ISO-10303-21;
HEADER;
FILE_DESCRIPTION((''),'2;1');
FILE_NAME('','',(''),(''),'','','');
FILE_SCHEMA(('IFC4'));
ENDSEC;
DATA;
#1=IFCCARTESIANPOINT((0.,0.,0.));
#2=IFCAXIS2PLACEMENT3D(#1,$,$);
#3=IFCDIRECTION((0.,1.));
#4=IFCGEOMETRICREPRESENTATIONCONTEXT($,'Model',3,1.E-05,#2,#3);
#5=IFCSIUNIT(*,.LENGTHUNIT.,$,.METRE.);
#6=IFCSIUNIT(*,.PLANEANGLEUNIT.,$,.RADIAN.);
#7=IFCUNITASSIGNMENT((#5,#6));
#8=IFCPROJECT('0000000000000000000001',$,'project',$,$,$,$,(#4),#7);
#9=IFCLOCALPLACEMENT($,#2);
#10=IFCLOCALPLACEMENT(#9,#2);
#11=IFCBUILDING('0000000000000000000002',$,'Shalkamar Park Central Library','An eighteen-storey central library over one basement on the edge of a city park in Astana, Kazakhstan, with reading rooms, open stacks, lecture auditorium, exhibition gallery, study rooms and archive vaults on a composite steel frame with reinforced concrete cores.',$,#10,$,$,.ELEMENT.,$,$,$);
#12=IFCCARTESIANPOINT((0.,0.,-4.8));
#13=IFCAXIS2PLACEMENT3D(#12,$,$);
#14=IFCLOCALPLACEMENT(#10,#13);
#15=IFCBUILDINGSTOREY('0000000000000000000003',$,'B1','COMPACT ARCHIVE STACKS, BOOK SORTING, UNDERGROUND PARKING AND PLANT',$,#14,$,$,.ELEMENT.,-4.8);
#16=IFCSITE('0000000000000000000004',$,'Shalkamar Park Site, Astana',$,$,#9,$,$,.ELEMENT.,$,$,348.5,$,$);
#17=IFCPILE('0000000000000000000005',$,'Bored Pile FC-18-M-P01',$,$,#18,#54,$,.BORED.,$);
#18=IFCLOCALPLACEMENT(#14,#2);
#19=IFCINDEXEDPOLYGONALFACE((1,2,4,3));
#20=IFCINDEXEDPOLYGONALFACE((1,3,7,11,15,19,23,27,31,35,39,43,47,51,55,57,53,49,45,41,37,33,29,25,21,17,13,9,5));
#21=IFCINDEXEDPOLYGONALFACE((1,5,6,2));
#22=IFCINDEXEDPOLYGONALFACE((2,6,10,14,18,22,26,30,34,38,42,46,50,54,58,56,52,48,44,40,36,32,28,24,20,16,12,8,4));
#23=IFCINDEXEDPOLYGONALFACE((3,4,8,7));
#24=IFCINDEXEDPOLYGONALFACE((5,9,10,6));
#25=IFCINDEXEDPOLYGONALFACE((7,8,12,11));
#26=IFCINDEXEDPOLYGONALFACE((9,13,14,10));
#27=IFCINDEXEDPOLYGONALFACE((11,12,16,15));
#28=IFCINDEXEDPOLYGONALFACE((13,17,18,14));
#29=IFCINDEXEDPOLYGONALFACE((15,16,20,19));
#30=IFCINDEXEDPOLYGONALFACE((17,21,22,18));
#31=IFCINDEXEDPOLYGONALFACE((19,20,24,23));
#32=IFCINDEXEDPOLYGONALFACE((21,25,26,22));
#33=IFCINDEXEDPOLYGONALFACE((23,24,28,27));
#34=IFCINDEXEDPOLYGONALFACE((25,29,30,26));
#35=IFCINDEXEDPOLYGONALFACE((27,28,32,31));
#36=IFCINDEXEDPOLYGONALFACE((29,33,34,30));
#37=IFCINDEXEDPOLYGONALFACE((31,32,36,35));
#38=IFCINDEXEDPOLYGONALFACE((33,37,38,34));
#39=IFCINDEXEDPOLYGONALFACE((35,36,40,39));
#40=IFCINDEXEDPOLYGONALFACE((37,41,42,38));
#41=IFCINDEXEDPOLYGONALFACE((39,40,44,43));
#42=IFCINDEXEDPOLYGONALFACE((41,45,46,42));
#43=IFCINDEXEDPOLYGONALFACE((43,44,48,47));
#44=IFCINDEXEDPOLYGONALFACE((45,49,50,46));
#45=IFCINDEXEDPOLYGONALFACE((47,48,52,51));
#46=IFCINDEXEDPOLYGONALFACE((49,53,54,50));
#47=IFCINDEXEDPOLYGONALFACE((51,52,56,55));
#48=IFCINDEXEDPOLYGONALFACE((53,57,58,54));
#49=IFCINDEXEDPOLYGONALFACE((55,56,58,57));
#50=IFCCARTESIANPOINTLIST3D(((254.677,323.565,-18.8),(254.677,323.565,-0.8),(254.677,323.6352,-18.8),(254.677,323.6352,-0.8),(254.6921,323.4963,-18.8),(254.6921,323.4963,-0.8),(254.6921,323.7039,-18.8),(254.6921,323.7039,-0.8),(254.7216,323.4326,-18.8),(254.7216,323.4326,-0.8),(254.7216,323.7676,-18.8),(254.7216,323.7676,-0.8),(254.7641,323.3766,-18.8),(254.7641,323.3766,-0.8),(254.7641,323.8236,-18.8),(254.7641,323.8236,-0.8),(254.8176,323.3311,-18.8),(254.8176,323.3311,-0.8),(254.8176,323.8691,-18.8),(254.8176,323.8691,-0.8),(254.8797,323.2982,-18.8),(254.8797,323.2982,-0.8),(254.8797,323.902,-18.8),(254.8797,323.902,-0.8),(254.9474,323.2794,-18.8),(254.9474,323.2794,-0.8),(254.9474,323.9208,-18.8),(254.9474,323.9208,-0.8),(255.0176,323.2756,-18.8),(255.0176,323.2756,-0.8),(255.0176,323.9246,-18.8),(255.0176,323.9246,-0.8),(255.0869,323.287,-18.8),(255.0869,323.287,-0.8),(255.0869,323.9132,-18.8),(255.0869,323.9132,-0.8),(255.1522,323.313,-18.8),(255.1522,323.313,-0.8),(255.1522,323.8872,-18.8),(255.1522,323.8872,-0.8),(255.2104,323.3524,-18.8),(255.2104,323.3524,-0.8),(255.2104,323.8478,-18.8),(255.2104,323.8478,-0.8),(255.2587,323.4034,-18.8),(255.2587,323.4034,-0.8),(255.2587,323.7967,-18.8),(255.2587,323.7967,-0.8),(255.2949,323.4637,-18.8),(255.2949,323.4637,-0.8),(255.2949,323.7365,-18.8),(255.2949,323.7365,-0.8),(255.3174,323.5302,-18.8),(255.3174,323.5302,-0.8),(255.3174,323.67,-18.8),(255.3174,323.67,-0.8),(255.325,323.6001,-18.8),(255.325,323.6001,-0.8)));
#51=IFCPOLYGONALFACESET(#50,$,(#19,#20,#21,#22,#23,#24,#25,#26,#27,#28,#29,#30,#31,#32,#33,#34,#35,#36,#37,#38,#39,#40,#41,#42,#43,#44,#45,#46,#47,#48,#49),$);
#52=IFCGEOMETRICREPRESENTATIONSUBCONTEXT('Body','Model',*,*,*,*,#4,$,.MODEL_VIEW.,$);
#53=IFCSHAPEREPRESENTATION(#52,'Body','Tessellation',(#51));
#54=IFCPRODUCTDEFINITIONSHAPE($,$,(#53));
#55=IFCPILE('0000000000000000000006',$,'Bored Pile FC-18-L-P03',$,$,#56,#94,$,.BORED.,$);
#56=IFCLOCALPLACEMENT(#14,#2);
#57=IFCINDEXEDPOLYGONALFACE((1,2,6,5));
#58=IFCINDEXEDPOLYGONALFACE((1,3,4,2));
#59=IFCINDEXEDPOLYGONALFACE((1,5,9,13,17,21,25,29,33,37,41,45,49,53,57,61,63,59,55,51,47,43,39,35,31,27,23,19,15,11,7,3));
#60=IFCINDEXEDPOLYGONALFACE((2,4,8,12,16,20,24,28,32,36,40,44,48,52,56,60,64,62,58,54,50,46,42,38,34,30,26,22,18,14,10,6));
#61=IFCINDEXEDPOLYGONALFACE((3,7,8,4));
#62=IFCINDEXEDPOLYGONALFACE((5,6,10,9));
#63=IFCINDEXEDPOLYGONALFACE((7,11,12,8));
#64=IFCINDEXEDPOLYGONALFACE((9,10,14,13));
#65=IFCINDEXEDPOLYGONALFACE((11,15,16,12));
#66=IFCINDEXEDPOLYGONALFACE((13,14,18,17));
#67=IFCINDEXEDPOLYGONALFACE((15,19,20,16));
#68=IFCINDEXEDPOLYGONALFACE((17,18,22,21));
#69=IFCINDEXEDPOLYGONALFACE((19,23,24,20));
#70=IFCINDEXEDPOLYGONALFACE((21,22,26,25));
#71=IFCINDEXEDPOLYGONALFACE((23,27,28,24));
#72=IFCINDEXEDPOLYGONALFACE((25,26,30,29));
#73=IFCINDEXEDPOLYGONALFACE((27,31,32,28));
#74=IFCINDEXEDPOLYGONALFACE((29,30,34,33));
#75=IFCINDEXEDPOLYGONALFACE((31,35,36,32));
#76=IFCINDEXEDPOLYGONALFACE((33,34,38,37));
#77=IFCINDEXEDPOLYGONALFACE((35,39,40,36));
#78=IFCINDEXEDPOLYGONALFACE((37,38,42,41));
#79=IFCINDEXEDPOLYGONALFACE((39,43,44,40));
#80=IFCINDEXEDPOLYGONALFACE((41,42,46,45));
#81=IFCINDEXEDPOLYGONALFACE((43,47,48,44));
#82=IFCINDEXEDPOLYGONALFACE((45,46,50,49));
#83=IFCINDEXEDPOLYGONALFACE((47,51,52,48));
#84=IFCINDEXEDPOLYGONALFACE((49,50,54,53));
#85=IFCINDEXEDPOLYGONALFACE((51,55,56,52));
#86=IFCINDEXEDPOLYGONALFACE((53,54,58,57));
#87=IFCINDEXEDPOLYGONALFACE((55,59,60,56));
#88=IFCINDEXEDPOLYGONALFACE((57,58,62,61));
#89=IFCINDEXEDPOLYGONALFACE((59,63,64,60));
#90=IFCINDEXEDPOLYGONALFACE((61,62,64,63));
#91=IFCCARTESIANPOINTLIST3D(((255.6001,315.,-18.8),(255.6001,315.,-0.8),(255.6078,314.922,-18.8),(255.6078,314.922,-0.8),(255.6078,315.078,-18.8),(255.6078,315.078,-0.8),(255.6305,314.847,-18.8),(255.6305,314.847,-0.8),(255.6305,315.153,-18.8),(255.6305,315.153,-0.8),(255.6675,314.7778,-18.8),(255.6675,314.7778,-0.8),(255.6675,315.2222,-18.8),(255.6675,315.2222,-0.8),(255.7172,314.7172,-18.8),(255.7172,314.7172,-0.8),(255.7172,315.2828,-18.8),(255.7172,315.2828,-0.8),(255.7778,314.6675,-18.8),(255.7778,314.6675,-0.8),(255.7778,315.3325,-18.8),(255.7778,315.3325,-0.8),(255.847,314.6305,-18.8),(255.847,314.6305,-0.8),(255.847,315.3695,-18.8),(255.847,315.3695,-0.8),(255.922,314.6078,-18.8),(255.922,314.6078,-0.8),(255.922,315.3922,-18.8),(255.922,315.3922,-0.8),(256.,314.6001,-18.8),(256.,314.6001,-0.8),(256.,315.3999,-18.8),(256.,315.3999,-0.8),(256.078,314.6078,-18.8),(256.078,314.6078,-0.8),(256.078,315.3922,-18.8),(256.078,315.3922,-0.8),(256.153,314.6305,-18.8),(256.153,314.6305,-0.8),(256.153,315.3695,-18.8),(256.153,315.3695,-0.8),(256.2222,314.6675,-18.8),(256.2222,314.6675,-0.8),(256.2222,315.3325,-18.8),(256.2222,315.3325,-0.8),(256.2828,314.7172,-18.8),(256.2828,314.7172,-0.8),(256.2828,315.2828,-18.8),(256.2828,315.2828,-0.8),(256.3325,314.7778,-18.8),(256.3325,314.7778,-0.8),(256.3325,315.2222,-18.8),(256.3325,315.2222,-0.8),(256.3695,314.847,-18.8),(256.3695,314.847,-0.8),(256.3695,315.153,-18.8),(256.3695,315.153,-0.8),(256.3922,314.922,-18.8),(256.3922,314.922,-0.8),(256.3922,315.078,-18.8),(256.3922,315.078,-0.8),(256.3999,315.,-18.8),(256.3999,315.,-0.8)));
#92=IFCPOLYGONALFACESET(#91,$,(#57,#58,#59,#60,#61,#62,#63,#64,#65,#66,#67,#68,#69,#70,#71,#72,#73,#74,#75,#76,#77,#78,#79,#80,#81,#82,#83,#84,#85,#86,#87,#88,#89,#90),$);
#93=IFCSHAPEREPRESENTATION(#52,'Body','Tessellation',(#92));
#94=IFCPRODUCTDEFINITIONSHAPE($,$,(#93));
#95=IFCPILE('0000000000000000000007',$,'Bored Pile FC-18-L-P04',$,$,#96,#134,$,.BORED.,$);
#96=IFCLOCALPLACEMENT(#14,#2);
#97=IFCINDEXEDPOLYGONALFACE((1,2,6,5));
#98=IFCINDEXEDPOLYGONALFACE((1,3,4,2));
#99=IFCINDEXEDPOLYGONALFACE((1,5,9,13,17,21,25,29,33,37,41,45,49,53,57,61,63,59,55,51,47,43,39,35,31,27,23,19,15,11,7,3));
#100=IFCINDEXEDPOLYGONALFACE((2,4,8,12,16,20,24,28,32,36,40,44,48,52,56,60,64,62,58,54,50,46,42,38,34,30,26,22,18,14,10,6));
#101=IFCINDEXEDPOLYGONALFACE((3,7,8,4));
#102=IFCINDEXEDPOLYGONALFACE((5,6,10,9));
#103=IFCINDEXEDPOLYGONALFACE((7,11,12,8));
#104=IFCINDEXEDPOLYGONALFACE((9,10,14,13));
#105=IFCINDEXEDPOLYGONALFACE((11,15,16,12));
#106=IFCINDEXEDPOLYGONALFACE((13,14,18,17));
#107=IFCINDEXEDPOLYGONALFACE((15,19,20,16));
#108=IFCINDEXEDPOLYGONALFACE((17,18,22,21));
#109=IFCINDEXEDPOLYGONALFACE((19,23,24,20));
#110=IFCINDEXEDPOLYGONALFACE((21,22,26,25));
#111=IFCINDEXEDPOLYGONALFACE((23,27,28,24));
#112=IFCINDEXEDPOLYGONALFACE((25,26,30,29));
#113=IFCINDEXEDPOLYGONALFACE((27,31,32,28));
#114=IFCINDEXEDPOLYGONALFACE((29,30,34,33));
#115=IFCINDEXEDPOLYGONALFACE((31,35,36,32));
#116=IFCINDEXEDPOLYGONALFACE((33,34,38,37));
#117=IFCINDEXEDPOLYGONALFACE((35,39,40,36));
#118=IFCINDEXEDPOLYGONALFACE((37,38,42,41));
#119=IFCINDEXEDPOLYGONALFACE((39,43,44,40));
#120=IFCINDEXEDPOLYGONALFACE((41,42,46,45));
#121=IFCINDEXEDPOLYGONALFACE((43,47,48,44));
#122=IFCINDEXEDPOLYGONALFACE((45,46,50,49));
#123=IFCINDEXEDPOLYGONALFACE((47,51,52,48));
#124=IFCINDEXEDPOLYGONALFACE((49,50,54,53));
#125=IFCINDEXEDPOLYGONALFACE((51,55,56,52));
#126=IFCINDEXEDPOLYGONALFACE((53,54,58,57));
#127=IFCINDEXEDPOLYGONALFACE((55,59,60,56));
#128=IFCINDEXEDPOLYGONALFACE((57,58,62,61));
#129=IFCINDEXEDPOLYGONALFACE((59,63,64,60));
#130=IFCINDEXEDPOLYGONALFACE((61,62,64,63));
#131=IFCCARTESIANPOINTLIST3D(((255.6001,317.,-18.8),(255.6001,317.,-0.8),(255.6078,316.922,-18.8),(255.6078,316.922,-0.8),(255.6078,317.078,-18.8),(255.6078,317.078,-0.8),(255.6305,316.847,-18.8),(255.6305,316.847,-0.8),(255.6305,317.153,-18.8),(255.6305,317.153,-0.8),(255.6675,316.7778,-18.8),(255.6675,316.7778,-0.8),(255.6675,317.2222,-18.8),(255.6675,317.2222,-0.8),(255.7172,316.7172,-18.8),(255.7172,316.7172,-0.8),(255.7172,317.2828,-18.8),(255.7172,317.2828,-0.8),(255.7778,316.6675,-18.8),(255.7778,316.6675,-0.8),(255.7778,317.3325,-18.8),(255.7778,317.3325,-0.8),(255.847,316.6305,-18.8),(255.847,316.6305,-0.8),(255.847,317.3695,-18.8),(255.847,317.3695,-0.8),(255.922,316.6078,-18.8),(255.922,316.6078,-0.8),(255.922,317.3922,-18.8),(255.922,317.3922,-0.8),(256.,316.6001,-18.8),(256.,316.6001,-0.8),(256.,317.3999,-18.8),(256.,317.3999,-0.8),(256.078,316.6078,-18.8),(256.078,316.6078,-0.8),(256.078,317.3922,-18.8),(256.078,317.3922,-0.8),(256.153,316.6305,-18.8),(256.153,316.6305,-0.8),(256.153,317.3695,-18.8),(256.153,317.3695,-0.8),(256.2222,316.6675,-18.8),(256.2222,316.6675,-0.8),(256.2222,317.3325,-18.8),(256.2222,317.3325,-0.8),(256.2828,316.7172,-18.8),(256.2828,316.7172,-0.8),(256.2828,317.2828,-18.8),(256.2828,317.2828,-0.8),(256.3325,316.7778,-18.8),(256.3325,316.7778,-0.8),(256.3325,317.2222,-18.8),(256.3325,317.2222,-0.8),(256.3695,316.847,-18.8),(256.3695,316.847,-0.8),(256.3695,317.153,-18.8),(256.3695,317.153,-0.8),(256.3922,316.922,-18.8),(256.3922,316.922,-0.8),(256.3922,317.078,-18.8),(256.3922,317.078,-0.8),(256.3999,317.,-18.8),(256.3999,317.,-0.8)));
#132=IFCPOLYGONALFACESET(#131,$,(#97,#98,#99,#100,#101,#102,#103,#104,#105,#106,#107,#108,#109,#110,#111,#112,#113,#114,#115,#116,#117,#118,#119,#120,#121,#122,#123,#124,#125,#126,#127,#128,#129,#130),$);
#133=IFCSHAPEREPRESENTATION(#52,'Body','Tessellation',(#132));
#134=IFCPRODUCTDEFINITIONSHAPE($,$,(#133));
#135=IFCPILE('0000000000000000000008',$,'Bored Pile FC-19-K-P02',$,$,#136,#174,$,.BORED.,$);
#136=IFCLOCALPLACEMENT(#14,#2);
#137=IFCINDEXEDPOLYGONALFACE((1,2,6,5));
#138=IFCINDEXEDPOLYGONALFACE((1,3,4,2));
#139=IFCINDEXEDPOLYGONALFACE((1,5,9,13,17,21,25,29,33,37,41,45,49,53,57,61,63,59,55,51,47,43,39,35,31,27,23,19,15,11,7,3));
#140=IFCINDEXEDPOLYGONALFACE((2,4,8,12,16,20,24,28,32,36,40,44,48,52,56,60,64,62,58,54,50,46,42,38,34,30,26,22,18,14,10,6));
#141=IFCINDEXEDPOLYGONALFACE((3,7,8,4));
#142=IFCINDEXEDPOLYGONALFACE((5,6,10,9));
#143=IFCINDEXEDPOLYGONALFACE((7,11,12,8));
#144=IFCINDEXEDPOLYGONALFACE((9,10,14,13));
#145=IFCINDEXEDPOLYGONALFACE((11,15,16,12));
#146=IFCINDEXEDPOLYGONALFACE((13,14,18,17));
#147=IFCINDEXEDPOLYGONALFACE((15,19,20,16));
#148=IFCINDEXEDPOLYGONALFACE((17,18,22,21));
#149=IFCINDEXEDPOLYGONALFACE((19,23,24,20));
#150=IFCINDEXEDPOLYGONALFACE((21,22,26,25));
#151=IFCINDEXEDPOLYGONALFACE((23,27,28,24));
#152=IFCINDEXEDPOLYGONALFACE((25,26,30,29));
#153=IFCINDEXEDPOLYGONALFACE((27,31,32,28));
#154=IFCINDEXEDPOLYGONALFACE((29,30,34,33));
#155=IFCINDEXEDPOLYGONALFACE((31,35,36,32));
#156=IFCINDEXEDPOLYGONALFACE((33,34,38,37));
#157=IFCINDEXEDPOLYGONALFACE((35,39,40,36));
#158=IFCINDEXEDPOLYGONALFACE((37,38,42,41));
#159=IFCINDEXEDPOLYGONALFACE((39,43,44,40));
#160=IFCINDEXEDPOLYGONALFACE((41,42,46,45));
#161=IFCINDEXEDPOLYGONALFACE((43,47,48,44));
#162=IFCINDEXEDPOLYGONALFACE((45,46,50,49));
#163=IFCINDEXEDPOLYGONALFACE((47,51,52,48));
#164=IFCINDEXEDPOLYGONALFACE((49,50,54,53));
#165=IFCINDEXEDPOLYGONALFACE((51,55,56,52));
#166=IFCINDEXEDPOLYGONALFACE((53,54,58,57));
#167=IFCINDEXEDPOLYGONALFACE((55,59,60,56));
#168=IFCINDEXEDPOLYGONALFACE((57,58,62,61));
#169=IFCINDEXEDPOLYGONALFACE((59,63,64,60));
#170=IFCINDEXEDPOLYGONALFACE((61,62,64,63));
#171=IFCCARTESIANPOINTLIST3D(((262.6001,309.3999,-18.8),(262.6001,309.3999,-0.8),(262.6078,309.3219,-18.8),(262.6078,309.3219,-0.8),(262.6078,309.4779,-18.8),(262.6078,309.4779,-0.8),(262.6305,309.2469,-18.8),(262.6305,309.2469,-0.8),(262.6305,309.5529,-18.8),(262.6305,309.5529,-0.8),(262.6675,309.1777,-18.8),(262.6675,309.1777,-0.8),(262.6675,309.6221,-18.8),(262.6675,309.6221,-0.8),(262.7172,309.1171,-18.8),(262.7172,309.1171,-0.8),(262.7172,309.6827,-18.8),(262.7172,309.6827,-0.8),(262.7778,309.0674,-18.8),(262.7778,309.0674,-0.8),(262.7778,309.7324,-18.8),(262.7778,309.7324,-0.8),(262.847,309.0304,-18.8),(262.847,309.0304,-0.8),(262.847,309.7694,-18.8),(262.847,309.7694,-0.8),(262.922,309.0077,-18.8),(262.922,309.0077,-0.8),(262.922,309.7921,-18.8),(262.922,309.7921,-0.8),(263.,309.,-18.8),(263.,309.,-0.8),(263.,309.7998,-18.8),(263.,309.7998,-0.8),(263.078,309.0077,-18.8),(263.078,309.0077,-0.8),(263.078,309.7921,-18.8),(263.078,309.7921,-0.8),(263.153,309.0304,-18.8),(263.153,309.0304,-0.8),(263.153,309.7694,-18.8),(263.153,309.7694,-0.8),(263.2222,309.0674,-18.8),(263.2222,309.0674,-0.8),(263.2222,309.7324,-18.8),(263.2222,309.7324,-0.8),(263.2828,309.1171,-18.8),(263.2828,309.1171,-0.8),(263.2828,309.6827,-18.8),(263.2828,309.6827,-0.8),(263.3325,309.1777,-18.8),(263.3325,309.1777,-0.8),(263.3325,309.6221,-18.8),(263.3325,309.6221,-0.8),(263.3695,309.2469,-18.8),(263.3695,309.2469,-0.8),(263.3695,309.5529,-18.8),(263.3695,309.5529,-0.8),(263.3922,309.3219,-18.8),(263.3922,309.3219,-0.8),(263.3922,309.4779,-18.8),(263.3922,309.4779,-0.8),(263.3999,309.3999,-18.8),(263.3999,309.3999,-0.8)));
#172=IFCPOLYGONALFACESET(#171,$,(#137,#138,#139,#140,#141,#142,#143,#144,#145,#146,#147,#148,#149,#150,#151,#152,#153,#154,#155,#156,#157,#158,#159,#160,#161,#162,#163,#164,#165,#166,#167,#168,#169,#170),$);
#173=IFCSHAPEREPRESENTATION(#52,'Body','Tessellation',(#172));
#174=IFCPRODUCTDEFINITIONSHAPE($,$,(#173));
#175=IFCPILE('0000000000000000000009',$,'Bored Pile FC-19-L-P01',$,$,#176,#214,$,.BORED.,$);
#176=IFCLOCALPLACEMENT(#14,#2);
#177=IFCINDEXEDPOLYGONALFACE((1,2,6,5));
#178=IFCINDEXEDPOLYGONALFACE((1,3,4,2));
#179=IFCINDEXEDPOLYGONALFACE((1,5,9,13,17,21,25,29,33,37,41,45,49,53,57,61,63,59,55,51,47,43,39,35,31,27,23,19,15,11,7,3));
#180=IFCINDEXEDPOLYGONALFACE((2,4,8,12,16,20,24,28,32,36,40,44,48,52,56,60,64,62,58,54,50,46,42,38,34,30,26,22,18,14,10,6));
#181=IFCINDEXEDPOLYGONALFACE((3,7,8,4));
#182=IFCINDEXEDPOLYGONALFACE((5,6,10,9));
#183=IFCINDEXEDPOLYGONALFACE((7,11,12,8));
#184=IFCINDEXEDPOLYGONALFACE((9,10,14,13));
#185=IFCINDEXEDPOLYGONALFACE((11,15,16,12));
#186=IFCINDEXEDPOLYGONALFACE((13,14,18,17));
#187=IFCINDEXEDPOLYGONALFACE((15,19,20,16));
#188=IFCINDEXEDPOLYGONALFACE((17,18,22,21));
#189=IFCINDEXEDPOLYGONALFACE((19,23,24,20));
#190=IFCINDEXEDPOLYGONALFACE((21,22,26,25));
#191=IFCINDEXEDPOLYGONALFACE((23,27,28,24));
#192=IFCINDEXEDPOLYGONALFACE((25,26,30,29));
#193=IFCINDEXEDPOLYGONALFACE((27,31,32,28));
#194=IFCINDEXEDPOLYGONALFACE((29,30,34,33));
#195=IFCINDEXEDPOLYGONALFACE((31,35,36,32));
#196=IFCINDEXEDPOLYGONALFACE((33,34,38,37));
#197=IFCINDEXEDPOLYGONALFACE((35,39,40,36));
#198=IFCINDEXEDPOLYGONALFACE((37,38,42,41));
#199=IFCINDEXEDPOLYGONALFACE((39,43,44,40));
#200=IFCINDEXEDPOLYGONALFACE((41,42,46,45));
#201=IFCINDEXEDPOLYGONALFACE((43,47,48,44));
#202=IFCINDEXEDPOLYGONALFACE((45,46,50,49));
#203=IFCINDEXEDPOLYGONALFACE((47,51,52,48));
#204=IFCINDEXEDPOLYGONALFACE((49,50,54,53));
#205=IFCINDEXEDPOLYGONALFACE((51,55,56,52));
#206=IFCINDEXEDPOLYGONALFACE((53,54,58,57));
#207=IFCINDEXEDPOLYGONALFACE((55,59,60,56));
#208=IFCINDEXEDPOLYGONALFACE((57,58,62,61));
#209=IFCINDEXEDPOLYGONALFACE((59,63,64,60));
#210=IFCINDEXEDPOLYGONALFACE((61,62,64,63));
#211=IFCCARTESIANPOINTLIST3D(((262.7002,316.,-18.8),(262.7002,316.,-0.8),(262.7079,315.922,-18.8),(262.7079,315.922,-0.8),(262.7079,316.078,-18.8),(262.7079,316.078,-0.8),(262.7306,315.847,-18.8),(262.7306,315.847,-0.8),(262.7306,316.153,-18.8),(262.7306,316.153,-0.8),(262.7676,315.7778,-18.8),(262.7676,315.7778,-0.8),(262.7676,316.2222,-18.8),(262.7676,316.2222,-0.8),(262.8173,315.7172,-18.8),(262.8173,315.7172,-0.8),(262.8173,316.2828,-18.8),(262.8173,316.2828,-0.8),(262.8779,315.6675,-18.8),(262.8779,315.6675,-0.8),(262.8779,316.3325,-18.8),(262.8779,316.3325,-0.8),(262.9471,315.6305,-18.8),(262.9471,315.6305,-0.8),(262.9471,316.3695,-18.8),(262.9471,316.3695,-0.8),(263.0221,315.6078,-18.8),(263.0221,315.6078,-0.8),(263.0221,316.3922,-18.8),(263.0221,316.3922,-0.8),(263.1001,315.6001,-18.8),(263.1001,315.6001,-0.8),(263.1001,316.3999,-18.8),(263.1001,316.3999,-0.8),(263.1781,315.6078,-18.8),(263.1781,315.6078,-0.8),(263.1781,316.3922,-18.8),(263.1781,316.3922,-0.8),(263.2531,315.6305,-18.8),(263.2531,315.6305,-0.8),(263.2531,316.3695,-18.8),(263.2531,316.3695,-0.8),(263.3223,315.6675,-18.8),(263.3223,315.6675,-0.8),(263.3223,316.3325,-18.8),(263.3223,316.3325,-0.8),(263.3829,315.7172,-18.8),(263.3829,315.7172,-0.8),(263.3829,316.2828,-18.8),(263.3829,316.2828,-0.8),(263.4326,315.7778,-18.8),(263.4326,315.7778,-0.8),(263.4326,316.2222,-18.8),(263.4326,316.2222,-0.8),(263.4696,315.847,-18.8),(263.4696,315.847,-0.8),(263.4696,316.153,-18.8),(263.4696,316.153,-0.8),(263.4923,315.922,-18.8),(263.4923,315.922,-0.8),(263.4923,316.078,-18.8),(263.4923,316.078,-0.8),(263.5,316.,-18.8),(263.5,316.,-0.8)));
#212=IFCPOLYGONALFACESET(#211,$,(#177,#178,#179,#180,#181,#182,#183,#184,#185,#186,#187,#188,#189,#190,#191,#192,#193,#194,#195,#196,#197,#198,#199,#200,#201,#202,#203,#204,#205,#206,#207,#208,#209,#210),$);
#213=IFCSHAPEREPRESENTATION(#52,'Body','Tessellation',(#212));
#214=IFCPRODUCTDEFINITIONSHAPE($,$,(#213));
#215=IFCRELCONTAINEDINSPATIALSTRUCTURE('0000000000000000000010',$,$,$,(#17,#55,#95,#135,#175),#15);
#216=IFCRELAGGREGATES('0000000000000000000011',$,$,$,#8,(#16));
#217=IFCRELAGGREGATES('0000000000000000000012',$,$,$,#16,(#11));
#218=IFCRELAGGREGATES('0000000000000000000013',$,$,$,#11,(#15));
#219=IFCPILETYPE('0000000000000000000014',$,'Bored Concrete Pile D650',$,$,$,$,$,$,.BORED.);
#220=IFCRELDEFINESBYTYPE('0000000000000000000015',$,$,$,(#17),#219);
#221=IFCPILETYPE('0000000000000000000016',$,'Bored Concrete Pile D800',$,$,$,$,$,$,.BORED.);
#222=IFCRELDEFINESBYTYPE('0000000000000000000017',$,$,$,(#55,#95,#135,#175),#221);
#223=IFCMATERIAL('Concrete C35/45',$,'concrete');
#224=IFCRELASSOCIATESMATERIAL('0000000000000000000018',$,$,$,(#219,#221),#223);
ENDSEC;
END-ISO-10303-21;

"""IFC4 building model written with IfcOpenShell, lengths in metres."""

from ifc_helpers import new_model, si_unit, direction, frame, origin, origin_2d, place, context, subcontext, project, spatial, circle, extrude, material, material_profile, profile_set, type_object, element, save


model = new_model("IFC4")

# Units and contexts
model_context = context("Model", 3, precision=1e-05, world=origin(), true_north=direction((0.0, 1.0)))
body_context = subcontext(model_context, "Body", "Model", "MODEL_VIEW")
ifc_project = project(units=[si_unit("LENGTHUNIT", "METRE"), si_unit("PLANEANGLEUNIT", "RADIAN")], contexts=[model_context])

# Site, building, storey
site_placement = place(None, origin())
site = spatial("IfcSite", under=ifc_project, at=site_placement, Name="Shalkamar Park Site, Astana", CompositionType="ELEMENT", RefElevation=348.5)
building_placement = place(site_placement, origin())
building = spatial("IfcBuilding", under=site, at=building_placement, Name="Shalkamar Park Central Library", Description="An eighteen-storey central library over one basement on the edge of a city park in Astana, Kazakhstan, with reading rooms, open stacks, lecture auditorium, exhibition gallery, study rooms and archive vaults on a composite steel frame with reinforced concrete cores.", CompositionType="ELEMENT")
storey_placement = place(building_placement, frame((0.0, 0.0, -4.8)))
storey = spatial("IfcBuildingStorey", under=building, at=storey_placement, Name="B1", Description="COMPACT ARCHIVE STACKS, BOOK SORTING, UNDERGROUND PARKING AND PLANT", CompositionType="ELEMENT", Elevation=-4.8)

# Piles
ifc_material_1 = material(Name="Concrete C35/45", Category="concrete")
ifc_material_profile_1 = material_profile(ifc_material_1, circle(Radius=0.325, at=origin_2d()), Name="PILE D650")
ifc_profile_set_1 = profile_set([ifc_material_profile_1], Name="Concrete C35/45")
pile_type_1 = type_object("IfcPileType", Name="Bored Concrete Pile D650", PredefinedType="BORED", material=ifc_profile_set_1)
pile_placement = place(storey_placement, frame((255.0, 323.6001, -0.8), z_axis=(0.0, 0.0, -1.0), x_axis=(1.0, 0.0, 0.0)))
element("IfcPile", 1, at=pile_placement, inside=storey, type_object=pile_type_1, Name="Bored Pile FC-18-M-P01", PredefinedType="BORED", context=body_context, shape_type="SweptSolid", body=[
    extrude(circle(Radius=0.325, at=origin_2d()), origin(), (0.0, 0.0, 1.0), 18.0),
])
ifc_material_profile_2 = material_profile(ifc_material_1, circle(Radius=0.3999, at=origin_2d()), Name="PILE D800")
ifc_profile_set_2 = profile_set([ifc_material_profile_2], Name="Concrete C35/45")
pile_type_2 = type_object("IfcPileType", Name="Bored Concrete Pile D800", PredefinedType="BORED", material=ifc_profile_set_2)
for number, where, z_axis, x_axis, name in (
    (2, (256.0, 315.0, -0.8), (0.0, 0.0, -1.0), (1.0, 0.0, 0.0), "Bored Pile FC-18-L-P03"),
    (3, (256.0, 317.0, -0.8), (0.0, 0.0, -1.0), (1.0, 0.0, 0.0), "Bored Pile FC-18-L-P04"),
    (4, (263.0, 309.3999, -0.8), (0.0, 0.0, -1.0), (1.0, 0.0, 0.0), "Bored Pile FC-19-K-P02"),
    (5, (263.1001, 316.0, -0.8), (0.0, 0.0, -1.0), (1.0, 0.0, 0.0), "Bored Pile FC-19-L-P01"),
):
    element("IfcPile", number, at=place(storey_placement, frame(where, z_axis=z_axis, x_axis=x_axis)), inside=storey, type_object=pile_type_2, Name=name, PredefinedType="BORED", context=body_context, shape_type="SweptSolid", body=[
        extrude(circle(Radius=0.3999, at=origin_2d()), origin(), (0.0, 0.0, 1.0), 18.0),
    ])

save(model, "model.ifc")
